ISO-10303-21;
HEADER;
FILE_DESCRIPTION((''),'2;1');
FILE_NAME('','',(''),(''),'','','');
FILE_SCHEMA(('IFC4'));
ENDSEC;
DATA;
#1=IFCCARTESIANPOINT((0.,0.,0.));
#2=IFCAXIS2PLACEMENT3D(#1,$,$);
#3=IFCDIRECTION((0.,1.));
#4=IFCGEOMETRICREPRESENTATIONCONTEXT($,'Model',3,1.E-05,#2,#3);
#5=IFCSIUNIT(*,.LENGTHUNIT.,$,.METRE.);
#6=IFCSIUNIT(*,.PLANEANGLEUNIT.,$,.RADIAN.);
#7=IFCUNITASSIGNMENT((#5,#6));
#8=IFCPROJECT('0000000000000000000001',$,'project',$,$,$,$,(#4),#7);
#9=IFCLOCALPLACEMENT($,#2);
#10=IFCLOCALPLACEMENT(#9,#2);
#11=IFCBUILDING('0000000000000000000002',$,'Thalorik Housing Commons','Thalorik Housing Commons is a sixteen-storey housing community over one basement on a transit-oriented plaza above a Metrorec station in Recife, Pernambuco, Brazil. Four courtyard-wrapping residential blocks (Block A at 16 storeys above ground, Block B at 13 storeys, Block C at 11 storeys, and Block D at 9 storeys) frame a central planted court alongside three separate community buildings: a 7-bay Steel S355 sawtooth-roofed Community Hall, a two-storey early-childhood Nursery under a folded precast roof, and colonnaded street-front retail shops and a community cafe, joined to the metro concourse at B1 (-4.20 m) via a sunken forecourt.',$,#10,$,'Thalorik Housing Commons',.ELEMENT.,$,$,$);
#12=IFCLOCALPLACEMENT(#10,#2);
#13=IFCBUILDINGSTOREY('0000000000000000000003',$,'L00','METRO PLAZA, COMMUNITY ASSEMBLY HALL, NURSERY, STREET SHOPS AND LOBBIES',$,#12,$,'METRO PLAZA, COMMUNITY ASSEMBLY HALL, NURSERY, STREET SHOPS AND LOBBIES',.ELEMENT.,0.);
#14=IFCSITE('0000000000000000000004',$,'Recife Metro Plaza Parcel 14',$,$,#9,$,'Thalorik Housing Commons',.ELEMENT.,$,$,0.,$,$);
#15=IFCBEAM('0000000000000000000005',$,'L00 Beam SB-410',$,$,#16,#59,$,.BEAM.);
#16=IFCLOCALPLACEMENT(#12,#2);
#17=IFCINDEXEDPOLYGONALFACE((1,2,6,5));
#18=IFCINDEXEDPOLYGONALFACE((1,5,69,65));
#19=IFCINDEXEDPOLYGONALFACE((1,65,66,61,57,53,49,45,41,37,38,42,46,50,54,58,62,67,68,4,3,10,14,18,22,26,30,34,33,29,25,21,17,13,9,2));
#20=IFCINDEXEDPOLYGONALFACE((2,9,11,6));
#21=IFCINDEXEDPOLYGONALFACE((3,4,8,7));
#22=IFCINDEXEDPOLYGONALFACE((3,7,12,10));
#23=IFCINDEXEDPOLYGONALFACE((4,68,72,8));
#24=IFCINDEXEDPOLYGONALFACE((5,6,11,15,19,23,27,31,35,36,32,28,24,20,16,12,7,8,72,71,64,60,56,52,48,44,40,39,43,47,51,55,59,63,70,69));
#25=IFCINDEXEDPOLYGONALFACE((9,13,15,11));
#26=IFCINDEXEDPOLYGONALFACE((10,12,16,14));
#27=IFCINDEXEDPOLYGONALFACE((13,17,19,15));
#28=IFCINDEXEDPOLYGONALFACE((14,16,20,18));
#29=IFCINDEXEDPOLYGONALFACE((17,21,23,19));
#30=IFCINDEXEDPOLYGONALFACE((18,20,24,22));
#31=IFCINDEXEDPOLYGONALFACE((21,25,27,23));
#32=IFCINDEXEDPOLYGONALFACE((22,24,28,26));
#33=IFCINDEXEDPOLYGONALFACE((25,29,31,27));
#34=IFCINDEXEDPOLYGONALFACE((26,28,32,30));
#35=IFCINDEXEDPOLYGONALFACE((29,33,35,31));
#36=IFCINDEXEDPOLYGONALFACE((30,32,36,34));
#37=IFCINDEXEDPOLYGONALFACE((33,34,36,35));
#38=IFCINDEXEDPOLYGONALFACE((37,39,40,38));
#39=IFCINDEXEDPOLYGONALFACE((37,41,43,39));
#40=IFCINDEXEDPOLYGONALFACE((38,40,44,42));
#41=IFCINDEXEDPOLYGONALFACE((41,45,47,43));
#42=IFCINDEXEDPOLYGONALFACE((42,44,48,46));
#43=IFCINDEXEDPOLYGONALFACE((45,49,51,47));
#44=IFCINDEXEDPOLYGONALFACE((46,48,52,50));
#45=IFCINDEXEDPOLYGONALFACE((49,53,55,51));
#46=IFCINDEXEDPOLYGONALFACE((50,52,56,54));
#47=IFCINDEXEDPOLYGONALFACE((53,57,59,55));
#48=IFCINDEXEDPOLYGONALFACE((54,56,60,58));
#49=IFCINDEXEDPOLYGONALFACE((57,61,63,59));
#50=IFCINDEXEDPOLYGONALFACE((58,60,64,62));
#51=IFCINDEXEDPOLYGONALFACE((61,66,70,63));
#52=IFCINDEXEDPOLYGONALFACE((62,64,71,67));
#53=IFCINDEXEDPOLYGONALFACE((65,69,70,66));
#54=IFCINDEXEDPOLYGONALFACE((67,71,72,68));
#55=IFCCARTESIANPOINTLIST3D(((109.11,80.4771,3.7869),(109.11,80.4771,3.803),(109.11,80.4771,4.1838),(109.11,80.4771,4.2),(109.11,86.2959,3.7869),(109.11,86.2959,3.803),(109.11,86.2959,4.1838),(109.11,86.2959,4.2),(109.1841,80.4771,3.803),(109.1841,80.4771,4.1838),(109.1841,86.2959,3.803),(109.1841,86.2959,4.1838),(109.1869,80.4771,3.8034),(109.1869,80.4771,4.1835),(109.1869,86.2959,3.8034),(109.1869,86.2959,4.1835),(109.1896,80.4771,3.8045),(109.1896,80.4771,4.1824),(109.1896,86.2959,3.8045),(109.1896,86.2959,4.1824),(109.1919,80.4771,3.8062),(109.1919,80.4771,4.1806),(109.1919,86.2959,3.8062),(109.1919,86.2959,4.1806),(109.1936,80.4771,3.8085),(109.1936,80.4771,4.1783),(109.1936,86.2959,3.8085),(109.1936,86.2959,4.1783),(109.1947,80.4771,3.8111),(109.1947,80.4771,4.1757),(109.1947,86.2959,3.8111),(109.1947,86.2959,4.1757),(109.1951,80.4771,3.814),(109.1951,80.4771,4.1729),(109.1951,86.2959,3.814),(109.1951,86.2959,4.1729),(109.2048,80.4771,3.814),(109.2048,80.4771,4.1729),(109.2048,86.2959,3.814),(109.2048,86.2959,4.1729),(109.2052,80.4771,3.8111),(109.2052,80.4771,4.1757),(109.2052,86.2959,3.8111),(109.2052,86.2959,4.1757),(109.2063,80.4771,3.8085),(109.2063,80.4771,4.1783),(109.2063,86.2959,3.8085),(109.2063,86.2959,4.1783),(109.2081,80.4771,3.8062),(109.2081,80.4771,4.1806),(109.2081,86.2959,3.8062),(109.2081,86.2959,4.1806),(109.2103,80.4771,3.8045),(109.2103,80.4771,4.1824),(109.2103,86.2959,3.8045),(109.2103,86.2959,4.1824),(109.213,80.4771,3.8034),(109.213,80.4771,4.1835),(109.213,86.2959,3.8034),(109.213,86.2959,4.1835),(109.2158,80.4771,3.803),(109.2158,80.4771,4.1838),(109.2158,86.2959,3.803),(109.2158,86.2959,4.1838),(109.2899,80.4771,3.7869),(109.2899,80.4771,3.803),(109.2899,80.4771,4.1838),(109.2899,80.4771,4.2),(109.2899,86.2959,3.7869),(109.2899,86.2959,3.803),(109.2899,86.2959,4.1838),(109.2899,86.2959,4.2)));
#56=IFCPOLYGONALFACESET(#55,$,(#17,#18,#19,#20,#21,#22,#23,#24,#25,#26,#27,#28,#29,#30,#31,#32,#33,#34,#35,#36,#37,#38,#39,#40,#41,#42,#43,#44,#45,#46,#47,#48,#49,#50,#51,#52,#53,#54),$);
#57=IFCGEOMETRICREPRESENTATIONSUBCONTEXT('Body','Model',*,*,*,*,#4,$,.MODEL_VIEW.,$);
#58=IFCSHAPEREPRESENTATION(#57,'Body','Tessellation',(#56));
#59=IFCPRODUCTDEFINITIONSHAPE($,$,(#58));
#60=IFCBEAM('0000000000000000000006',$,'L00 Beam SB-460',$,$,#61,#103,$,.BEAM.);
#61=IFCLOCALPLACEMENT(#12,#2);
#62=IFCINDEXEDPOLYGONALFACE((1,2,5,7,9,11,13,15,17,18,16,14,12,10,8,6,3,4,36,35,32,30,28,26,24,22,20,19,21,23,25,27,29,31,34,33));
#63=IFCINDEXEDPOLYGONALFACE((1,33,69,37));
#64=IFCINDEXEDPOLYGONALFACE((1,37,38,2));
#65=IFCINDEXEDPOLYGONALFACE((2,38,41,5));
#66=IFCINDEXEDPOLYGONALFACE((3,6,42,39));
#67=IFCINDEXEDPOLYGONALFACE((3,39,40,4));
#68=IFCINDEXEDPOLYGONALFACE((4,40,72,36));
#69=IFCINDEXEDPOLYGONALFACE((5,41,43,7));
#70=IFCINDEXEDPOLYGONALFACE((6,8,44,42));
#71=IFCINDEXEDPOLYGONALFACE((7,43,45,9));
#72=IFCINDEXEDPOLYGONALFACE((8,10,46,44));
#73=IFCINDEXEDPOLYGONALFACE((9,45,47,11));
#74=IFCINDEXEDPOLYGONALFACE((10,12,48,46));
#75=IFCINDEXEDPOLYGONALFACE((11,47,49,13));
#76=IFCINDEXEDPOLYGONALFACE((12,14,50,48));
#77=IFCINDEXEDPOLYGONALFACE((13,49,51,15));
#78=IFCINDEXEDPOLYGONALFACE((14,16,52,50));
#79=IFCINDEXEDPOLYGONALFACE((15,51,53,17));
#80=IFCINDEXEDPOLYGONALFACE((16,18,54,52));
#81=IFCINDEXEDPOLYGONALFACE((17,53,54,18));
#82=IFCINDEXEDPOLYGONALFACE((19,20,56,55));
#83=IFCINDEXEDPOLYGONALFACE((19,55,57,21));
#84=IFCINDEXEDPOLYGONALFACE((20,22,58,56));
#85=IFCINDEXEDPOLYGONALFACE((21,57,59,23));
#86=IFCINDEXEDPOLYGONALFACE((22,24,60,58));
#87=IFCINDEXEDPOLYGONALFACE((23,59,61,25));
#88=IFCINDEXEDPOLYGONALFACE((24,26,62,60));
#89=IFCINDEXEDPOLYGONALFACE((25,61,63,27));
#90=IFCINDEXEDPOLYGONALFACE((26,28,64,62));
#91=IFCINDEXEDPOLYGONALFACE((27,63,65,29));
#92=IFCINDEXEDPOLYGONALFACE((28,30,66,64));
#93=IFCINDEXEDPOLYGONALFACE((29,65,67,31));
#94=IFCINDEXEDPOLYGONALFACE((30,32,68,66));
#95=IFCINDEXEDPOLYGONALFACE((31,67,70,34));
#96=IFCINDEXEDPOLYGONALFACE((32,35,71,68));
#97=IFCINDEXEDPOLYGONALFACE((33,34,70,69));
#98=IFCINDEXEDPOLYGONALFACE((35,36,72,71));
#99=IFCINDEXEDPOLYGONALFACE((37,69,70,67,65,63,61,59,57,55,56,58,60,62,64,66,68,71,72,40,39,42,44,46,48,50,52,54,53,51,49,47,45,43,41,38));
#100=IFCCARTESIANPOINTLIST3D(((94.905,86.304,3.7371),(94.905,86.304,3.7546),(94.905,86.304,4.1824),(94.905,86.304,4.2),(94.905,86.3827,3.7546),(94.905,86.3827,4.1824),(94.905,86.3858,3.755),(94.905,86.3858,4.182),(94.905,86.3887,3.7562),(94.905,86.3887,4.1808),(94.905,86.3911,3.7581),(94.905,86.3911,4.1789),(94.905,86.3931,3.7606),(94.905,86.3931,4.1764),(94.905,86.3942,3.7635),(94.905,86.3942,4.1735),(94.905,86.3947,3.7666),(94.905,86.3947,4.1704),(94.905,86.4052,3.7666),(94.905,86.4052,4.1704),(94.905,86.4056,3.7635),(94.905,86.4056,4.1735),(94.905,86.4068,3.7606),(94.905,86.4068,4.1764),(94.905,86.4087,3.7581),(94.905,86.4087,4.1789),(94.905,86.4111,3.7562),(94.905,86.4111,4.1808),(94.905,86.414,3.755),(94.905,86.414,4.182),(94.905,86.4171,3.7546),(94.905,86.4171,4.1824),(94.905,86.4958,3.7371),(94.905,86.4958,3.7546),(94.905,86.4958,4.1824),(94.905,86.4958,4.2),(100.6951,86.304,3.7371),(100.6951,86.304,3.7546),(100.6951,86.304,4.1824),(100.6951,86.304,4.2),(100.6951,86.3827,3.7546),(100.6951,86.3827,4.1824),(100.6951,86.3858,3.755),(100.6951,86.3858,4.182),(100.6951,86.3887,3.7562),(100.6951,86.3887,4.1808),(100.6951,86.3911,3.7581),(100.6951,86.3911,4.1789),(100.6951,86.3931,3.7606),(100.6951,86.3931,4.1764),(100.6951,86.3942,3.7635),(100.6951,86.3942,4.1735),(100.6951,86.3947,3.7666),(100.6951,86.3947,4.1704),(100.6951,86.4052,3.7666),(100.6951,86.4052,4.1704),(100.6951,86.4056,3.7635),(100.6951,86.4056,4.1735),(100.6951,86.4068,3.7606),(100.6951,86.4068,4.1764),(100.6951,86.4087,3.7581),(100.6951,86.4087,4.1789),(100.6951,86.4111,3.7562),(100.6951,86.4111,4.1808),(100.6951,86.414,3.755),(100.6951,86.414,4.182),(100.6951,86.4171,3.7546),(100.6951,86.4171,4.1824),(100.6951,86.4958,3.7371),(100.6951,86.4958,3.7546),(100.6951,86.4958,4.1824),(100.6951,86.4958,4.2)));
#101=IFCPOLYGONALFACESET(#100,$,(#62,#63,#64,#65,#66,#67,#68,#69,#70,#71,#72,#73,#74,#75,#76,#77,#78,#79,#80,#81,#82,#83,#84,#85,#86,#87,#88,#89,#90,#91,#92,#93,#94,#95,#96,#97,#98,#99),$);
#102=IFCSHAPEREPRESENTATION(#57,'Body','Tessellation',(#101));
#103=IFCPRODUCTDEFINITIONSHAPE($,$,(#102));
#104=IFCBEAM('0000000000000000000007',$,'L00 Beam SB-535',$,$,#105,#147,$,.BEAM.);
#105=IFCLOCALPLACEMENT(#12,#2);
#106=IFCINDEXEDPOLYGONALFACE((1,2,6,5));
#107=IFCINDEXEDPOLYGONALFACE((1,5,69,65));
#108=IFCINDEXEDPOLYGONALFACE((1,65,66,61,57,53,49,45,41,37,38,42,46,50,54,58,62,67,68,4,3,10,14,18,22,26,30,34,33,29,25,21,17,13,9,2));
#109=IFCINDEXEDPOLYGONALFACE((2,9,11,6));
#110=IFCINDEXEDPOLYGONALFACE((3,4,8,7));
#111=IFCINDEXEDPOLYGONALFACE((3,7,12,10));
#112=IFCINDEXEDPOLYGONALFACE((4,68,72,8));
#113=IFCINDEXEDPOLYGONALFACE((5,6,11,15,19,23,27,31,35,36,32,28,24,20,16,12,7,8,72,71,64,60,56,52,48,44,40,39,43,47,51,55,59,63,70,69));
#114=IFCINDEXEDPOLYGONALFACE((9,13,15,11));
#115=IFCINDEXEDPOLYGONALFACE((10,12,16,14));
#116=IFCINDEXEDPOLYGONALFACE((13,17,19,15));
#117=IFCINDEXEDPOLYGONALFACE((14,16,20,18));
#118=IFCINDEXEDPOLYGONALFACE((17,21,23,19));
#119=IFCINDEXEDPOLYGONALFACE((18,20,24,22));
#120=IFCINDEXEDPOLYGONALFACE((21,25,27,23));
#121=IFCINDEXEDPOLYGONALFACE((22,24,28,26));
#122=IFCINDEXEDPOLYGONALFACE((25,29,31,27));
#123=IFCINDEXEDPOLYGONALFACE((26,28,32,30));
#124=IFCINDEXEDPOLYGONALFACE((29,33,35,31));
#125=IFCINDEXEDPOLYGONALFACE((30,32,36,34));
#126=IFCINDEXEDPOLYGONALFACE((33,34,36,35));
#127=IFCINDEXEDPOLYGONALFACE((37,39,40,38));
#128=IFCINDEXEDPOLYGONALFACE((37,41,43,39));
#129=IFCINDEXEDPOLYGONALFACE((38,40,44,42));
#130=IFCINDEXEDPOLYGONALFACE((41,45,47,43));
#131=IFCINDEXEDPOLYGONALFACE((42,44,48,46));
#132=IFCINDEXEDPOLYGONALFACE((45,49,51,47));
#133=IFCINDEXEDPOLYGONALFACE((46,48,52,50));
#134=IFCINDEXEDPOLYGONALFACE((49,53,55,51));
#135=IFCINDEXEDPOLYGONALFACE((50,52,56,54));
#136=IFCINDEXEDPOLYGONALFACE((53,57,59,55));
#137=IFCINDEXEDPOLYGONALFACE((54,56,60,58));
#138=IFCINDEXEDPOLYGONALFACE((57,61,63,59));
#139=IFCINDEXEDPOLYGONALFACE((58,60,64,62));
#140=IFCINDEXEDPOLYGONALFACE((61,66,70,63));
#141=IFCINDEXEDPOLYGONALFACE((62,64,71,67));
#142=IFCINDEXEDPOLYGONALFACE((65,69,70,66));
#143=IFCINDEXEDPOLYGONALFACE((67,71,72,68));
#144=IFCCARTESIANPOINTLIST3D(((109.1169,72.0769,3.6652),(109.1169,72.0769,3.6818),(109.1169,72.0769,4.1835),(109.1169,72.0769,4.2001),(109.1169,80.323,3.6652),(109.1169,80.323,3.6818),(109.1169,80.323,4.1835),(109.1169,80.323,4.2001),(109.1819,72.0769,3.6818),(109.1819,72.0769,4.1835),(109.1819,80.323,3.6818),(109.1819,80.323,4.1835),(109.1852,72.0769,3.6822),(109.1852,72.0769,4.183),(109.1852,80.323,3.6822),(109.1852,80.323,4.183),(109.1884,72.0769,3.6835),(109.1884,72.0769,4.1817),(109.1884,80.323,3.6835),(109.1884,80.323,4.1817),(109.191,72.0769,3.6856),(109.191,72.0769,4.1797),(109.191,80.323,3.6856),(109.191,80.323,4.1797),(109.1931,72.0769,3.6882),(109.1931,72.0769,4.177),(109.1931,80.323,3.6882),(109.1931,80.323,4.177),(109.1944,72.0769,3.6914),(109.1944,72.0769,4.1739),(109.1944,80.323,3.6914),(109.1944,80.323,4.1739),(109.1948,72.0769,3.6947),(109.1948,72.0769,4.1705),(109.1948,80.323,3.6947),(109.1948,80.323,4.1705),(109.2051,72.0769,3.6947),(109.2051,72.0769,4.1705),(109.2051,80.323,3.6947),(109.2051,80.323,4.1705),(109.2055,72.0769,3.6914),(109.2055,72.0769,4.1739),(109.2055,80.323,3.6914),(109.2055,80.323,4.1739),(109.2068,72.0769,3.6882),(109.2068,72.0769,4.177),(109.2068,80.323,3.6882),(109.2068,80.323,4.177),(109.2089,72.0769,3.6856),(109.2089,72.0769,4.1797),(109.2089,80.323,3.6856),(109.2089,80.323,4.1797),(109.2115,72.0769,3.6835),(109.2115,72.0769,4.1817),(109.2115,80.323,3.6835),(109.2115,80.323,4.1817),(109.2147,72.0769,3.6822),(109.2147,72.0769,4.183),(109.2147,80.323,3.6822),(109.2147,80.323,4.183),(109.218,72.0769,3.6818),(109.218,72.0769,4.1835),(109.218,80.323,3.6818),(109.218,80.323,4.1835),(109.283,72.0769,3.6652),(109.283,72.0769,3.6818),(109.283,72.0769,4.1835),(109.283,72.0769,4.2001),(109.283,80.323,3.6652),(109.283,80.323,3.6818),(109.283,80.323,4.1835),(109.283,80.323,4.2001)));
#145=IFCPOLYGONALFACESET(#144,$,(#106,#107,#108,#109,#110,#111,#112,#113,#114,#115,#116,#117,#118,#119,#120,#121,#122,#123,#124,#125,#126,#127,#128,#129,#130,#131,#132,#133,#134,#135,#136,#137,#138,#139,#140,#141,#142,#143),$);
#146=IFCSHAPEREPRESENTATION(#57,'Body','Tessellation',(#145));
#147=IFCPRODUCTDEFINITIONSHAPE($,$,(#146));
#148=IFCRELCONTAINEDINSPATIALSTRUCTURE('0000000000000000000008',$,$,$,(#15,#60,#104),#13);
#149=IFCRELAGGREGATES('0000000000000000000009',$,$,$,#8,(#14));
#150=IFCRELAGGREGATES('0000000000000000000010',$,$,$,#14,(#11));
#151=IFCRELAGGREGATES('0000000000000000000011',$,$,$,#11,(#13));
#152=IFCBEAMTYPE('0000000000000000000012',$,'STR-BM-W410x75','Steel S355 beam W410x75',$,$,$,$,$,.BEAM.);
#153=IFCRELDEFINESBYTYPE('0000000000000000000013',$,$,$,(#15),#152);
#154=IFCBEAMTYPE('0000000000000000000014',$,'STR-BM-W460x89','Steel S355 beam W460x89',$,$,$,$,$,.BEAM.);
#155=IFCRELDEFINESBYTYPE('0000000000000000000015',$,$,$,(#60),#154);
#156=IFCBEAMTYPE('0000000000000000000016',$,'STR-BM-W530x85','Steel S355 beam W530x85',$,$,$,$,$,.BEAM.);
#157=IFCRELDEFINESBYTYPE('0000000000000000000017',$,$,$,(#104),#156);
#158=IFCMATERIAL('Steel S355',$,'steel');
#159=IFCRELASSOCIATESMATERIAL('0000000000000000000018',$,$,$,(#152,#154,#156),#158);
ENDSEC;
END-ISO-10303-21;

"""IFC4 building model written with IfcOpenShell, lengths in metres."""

from ifc_helpers import new_model, si_unit, direction, frame, origin, origin_2d, place, context, subcontext, project, spatial, i_section, extrude, material, material_profile, profile_set, type_object, element, save


model = new_model("IFC4")

# Units and contexts
model_context = context("Model", 3, precision=1e-05, world=origin(), true_north=direction((0.0, 1.0)))
body_context = subcontext(model_context, "Body", "Model", "MODEL_VIEW")
ifc_project = project(units=[si_unit("LENGTHUNIT", "METRE"), si_unit("PLANEANGLEUNIT", "RADIAN")], contexts=[model_context])

# Site, building, storey
site_placement = place(None, origin())
site = spatial("IfcSite", under=ifc_project, at=site_placement, Name="Recife Metro Plaza Parcel 14", LongName="Thalorik Housing Commons", CompositionType="ELEMENT", RefElevation=0.0)
building_placement = place(site_placement, origin())
building = spatial("IfcBuilding", under=site, at=building_placement, Name="Thalorik Housing Commons", Description="Thalorik Housing Commons is a sixteen-storey housing community over one basement on a transit-oriented plaza above a Metrorec station in Recife, Pernambuco, Brazil. Four courtyard-wrapping residential blocks (Block A at 16 storeys above ground, Block B at 13 storeys, Block C at 11 storeys, and Block D at 9 storeys) frame a central planted court alongside three separate community buildings: a 7-bay Steel S355 sawtooth-roofed Community Hall, a two-storey early-childhood Nursery under a folded precast roof, and colonnaded street-front retail shops and a community cafe, joined to the metro concourse at B1 (-4.20 m) via a sunken forecourt.", LongName="Thalorik Housing Commons", CompositionType="ELEMENT")
storey_placement = place(building_placement, origin())
storey = spatial("IfcBuildingStorey", under=building, at=storey_placement, Name="L00", Description="METRO PLAZA, COMMUNITY ASSEMBLY HALL, NURSERY, STREET SHOPS AND LOBBIES", LongName="METRO PLAZA, COMMUNITY ASSEMBLY HALL, NURSERY, STREET SHOPS AND LOBBIES", CompositionType="ELEMENT", Elevation=0.0)

# Shared definitions
ifc_material_1 = material(Name="Steel S355", Category="steel")

# Beams
ifc_material_profile_1 = material_profile(ifc_material_1, i_section(OverallWidth=0.1799, OverallDepth=0.4131, WebThickness=0.0098, FlangeThickness=0.0161, FilletRadius=0.011, at=origin_2d()), Name="W410x75", Category="steel")
ifc_profile_set_1 = profile_set([ifc_material_profile_1], Name="Steel S355")
beam_type_1 = type_object("IfcBeamType", Name="STR-BM-W410x75", Description="Steel S355 beam W410x75", PredefinedType="BEAM", material=ifc_profile_set_1)
beam_1_placement = place(storey_placement, frame((109.2, 80.4771, 3.9934), z_axis=(0.0, 1.0, 0.0), x_axis=(-1.0, 0.0, 0.0)))
element("IfcBeam", 1, at=beam_1_placement, inside=storey, type_object=beam_type_1, Name="L00 Beam SB-410", PredefinedType="BEAM", context=body_context, shape_type="SweptSolid", body=[
    extrude(i_section(OverallWidth=0.1799, OverallDepth=0.4131, WebThickness=0.0098, FlangeThickness=0.0161, FilletRadius=0.011, at=origin_2d()), origin(), (0.0, 0.0, 1.0), 5.8188),
])
ifc_material_profile_2 = material_profile(ifc_material_1, i_section(OverallWidth=0.1919, OverallDepth=0.4629, WebThickness=0.0105, FlangeThickness=0.0176, FilletRadius=0.012, at=origin_2d()), Name="W460x89", Category="steel")
ifc_profile_set_2 = profile_set([ifc_material_profile_2], Name="Steel S355")
beam_type_2 = type_object("IfcBeamType", Name="STR-BM-W460x89", Description="Steel S355 beam W460x89", PredefinedType="BEAM", material=ifc_profile_set_2)
beam_2_placement = place(storey_placement, frame((94.905, 86.3999, 3.9685), z_axis=(1.0, 0.0, 0.0), x_axis=(0.0, 1.0, 0.0)))
element("IfcBeam", 2, at=beam_2_placement, inside=storey, type_object=beam_type_2, Name="L00 Beam SB-460", PredefinedType="BEAM", context=body_context, shape_type="SweptSolid", body=[
    extrude(i_section(OverallWidth=0.1919, OverallDepth=0.4629, WebThickness=0.0105, FlangeThickness=0.0176, FilletRadius=0.012, at=origin_2d()), origin(), (0.0, 0.0, 1.0), 5.79),
])
ifc_material_profile_3 = material_profile(ifc_material_1, i_section(OverallWidth=0.166, OverallDepth=0.5349, WebThickness=0.0103, FlangeThickness=0.0166, FilletRadius=0.0129, at=origin_2d()), Name="W530x85", Category="steel")
ifc_profile_set_3 = profile_set([ifc_material_profile_3], Name="Steel S355")
beam_type_3 = type_object("IfcBeamType", Name="STR-BM-W530x85", Description="Steel S355 beam W530x85", PredefinedType="BEAM", material=ifc_profile_set_3)
beam_3_placement = place(storey_placement, frame((109.2, 72.0769, 3.9326), z_axis=(0.0, 1.0, 0.0), x_axis=(-1.0, 0.0, 0.0)))
element("IfcBeam", 3, at=beam_3_placement, inside=storey, type_object=beam_type_3, Name="L00 Beam SB-535", PredefinedType="BEAM", context=body_context, shape_type="SweptSolid", body=[
    extrude(i_section(OverallWidth=0.166, OverallDepth=0.5349, WebThickness=0.0103, FlangeThickness=0.0166, FilletRadius=0.0129, at=origin_2d()), origin(), (0.0, 0.0, 1.0), 8.2461),
])

save(model, "model.ifc")
